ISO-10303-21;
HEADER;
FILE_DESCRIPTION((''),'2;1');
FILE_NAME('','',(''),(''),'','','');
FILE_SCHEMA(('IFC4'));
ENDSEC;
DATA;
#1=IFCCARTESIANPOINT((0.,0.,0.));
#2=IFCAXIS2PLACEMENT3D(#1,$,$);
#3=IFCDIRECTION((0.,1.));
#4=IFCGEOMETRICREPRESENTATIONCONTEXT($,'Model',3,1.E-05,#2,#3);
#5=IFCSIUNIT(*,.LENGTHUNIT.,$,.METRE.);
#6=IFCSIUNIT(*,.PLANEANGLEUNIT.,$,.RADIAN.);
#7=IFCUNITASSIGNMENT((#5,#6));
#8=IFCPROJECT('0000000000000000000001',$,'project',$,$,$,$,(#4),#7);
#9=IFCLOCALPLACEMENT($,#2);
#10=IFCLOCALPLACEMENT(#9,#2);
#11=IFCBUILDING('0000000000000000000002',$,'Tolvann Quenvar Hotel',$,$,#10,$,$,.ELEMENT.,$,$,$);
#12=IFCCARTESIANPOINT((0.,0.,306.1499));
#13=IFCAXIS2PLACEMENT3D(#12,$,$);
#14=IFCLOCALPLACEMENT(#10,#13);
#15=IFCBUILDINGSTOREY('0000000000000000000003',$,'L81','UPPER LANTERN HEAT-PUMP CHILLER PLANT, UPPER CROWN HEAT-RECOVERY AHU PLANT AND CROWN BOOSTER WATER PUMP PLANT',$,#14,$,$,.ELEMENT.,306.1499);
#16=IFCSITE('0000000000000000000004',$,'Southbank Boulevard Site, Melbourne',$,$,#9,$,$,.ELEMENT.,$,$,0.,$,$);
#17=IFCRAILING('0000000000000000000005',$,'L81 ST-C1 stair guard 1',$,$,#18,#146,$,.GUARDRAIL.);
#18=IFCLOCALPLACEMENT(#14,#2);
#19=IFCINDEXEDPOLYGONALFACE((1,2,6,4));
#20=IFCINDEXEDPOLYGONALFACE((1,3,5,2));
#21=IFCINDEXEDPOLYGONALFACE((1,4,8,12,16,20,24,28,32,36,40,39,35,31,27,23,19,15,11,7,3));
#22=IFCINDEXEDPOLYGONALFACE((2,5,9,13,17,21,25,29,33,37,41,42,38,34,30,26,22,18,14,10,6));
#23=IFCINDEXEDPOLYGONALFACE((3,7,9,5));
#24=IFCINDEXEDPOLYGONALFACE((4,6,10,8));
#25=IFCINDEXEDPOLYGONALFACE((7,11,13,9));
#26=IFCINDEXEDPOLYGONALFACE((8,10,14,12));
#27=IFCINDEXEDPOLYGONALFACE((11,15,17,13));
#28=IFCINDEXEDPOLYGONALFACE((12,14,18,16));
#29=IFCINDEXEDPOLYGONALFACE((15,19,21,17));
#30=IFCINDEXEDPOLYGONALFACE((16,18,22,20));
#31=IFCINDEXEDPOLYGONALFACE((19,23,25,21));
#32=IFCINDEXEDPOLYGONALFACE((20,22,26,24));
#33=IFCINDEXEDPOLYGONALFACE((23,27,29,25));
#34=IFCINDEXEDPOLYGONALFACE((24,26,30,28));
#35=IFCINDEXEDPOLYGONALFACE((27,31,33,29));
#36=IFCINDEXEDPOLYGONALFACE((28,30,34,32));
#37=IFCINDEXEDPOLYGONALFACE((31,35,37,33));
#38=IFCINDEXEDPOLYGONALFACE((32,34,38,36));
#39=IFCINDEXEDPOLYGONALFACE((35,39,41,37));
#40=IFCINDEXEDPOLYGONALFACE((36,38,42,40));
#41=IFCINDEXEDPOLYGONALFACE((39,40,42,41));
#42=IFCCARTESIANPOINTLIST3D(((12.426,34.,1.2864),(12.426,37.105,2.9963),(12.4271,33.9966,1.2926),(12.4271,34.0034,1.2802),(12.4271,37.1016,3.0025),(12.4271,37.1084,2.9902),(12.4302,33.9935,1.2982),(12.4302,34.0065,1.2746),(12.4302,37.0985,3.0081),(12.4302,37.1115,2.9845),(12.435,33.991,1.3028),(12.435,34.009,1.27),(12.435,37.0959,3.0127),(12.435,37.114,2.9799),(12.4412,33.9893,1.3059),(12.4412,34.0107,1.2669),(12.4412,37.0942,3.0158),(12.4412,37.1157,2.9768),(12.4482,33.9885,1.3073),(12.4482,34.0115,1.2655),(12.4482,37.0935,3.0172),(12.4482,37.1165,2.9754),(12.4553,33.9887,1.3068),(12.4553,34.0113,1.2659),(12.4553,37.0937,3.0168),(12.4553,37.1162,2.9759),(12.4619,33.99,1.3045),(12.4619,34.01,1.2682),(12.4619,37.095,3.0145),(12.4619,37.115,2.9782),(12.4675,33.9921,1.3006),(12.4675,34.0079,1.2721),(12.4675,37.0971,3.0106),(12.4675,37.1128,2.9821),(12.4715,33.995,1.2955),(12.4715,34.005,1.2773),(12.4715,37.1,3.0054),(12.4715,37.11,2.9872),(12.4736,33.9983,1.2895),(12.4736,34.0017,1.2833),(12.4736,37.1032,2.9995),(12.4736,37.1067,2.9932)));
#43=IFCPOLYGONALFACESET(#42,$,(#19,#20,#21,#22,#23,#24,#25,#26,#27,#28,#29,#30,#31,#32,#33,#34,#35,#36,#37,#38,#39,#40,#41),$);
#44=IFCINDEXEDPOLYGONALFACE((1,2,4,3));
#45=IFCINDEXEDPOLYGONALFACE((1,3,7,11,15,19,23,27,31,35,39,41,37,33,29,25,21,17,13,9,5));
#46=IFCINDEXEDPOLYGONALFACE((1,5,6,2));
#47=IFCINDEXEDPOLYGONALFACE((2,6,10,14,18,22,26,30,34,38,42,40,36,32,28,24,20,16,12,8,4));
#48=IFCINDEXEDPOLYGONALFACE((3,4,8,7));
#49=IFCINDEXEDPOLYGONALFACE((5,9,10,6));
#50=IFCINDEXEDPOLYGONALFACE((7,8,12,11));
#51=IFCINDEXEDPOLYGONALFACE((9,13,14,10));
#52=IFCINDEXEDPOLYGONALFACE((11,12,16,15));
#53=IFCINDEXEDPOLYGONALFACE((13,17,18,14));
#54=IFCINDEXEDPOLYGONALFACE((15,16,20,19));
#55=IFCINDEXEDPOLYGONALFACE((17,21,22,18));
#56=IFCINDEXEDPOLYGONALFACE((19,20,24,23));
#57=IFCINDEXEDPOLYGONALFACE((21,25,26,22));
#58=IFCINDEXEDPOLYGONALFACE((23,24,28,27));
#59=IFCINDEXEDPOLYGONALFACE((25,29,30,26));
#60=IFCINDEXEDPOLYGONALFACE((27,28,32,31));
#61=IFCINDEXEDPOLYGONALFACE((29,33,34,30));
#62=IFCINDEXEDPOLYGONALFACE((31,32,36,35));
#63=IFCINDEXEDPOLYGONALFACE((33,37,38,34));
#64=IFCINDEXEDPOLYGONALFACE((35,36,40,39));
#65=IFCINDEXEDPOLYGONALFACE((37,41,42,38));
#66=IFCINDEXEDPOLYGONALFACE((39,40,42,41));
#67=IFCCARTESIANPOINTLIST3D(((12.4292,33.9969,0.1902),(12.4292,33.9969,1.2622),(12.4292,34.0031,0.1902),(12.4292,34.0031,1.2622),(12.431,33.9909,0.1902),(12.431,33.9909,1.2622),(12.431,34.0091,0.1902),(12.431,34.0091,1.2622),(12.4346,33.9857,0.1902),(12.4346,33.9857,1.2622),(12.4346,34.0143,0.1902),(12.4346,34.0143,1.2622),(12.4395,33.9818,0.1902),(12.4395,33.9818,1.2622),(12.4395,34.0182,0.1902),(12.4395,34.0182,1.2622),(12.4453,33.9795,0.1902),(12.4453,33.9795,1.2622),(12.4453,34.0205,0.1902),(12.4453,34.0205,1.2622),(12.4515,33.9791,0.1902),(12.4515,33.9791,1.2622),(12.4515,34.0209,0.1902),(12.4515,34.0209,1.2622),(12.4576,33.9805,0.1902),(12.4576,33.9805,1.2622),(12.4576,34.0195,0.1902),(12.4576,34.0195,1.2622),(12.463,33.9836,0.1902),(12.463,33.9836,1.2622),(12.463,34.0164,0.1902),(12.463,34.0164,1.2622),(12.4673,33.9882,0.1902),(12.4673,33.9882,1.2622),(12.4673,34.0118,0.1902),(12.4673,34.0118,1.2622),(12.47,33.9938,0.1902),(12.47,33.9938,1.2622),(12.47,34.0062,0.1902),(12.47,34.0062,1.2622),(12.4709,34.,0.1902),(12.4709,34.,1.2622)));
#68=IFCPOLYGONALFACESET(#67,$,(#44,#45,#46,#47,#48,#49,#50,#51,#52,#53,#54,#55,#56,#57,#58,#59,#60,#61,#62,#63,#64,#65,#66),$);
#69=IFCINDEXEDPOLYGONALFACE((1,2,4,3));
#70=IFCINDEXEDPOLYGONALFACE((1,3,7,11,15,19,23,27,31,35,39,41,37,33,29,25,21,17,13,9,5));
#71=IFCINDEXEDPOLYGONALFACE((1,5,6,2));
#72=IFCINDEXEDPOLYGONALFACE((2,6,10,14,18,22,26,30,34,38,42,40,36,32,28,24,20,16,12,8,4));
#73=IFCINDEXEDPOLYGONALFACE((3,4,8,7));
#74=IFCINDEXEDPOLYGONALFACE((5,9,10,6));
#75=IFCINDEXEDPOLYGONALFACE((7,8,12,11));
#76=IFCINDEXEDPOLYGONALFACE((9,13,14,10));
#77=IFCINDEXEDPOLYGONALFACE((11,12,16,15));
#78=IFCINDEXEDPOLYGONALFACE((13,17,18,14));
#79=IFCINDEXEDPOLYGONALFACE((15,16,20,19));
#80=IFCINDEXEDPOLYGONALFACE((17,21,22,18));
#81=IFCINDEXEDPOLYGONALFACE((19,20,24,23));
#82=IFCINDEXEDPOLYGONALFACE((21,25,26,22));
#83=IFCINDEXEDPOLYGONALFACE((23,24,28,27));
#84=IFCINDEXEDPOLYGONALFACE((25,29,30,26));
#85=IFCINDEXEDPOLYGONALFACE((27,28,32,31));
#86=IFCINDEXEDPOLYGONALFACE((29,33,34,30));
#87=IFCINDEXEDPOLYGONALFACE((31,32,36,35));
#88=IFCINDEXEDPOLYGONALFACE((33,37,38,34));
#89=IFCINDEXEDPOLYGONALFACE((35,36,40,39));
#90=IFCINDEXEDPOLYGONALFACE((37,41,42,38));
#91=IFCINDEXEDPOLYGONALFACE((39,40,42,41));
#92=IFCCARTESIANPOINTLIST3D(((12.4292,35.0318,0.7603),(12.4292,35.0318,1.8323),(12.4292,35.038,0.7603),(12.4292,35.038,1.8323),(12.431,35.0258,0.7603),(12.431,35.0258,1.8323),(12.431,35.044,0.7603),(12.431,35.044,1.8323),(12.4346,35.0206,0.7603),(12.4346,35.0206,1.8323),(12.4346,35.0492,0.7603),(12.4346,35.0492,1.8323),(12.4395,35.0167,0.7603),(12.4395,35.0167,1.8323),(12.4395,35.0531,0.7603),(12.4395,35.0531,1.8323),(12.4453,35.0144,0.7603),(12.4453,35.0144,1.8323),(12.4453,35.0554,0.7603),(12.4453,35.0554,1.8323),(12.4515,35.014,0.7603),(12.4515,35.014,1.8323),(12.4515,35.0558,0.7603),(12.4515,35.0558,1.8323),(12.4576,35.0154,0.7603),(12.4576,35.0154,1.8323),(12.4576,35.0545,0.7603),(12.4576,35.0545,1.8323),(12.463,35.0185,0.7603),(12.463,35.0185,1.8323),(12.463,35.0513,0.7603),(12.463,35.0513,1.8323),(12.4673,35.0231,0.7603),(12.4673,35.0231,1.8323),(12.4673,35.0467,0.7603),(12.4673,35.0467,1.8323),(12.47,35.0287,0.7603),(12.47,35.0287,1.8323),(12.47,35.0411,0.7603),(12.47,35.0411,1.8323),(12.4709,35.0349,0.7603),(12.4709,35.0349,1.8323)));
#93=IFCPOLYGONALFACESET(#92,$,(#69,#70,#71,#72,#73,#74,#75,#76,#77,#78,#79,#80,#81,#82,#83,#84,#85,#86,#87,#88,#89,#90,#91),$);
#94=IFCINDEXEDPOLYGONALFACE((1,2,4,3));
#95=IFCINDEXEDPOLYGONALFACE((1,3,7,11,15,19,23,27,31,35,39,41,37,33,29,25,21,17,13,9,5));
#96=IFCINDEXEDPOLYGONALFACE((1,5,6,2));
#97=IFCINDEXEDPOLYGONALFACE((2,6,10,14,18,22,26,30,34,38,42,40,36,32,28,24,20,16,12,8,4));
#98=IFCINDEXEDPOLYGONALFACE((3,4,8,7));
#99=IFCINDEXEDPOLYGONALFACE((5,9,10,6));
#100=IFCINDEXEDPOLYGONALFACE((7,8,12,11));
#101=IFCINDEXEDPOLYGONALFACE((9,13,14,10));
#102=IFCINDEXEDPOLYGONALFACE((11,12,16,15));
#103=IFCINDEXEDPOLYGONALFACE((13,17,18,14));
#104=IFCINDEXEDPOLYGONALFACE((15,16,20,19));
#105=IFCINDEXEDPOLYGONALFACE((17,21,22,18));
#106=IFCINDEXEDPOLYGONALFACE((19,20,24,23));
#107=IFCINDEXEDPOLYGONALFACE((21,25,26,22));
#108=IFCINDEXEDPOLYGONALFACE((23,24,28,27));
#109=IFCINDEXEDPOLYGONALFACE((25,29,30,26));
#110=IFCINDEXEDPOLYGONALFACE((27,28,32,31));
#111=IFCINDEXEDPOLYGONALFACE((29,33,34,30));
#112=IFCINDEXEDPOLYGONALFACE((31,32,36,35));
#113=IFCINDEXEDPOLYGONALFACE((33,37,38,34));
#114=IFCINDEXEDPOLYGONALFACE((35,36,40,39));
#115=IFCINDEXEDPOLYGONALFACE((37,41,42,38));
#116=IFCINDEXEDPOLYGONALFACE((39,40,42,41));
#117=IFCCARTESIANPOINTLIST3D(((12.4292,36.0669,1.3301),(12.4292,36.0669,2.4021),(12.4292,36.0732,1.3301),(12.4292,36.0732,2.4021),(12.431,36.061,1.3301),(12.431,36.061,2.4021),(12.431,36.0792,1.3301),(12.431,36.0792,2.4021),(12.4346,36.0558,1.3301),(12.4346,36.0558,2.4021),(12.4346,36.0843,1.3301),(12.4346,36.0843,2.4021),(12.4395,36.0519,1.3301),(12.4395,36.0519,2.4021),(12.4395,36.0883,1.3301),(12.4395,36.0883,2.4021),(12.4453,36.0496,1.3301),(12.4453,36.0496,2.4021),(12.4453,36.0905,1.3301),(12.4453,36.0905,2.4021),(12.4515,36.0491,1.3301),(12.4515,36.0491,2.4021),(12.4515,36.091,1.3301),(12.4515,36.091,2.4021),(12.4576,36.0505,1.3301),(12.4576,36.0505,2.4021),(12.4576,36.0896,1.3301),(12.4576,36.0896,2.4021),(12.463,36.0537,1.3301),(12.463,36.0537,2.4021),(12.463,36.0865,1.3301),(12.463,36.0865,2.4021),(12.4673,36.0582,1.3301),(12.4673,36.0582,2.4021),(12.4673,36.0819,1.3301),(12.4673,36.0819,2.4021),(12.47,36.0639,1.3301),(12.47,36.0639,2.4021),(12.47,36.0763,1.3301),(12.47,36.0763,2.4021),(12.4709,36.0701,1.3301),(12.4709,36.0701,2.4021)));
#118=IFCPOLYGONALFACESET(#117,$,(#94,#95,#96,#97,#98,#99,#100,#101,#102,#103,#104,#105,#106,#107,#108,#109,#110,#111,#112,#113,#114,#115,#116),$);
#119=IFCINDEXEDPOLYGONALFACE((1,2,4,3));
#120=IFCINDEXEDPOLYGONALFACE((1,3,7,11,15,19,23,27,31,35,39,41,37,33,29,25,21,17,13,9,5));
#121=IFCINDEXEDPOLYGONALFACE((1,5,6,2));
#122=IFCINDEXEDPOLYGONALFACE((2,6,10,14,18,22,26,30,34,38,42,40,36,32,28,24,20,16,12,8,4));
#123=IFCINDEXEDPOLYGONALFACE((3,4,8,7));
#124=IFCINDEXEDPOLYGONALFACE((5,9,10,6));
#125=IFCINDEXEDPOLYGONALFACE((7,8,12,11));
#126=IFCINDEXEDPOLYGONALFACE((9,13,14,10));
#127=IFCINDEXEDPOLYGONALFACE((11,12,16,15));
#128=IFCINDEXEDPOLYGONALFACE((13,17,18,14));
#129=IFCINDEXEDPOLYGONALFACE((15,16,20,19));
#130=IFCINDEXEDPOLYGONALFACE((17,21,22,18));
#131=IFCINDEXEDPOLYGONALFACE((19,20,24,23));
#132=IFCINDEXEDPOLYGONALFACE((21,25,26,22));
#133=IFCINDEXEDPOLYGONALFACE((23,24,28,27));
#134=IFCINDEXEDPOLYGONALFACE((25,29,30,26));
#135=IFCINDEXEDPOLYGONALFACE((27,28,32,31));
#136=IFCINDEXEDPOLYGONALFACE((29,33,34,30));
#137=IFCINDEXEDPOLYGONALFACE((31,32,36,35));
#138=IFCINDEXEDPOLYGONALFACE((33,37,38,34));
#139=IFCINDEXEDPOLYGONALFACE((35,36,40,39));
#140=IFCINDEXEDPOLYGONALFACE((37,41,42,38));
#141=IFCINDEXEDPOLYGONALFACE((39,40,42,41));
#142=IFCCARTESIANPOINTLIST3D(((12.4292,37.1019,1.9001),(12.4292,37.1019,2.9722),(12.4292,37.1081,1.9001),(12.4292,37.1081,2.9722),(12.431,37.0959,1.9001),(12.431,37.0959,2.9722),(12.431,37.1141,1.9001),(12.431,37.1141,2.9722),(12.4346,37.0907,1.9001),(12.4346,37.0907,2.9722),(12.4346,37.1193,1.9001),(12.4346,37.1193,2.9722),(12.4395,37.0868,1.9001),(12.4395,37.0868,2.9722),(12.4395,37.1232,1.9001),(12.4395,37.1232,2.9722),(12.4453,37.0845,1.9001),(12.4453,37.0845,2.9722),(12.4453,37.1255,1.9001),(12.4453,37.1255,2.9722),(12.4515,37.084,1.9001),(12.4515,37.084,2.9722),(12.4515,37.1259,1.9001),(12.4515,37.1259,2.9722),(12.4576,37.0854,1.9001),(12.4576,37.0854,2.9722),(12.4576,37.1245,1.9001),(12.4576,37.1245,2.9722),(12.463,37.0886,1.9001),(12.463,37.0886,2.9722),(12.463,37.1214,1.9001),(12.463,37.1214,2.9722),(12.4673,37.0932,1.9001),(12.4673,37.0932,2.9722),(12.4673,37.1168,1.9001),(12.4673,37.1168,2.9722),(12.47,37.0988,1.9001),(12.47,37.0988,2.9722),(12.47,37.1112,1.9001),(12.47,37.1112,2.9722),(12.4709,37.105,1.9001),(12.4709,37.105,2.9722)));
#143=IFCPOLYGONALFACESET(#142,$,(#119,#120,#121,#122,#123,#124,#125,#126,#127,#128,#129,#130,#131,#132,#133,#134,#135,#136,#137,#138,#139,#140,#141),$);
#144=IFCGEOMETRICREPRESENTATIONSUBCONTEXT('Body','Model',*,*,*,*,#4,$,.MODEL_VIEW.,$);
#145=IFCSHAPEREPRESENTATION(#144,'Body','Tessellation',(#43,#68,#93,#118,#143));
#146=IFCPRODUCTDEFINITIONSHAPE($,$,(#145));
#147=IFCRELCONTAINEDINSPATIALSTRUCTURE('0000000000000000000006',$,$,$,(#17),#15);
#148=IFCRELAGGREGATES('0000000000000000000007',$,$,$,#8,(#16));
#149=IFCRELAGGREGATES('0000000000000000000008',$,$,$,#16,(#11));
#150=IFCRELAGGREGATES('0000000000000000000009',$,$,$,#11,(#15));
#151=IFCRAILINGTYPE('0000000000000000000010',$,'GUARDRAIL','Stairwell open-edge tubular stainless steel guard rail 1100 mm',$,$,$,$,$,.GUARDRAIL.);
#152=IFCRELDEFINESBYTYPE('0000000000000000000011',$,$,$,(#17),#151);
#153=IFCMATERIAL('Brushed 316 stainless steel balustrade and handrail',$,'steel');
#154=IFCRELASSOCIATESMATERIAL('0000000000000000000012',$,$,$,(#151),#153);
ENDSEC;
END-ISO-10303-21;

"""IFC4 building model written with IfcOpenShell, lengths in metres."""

from ifc_helpers import new_model, si_unit, direction, frame, origin, origin_2d, place, context, subcontext, project, spatial, circle, extrude, material, type_object, element, save


model = new_model("IFC4")

# Units and contexts
model_context = context("Model", 3, precision=1e-05, world=origin(), true_north=direction((0.0, 1.0)))
body_context = subcontext(model_context, "Body", "Model", "MODEL_VIEW")
ifc_project = project(units=[si_unit("LENGTHUNIT", "METRE"), si_unit("PLANEANGLEUNIT", "RADIAN")], contexts=[model_context])

# Site, building, storey
site_placement = place(None, origin())
site = spatial("IfcSite", under=ifc_project, at=site_placement, Name="Southbank Boulevard Site, Melbourne", CompositionType="ELEMENT", RefElevation=0.0)
building_placement = place(site_placement, origin())
building = spatial("IfcBuilding", under=site, at=building_placement, Name="Tolvann Quenvar Hotel", CompositionType="ELEMENT")
storey_placement = place(building_placement, frame((0.0, 0.0, 306.1499)))
storey = spatial("IfcBuildingStorey", under=building, at=storey_placement, Name="L81", Description="UPPER LANTERN HEAT-PUMP CHILLER PLANT, UPPER CROWN HEAT-RECOVERY AHU PLANT AND CROWN BOOSTER WATER PUMP PLANT", CompositionType="ELEMENT", Elevation=306.1499)

# Railing
ifc_material_1 = material(Name="Brushed 316 stainless steel balustrade and handrail", Category="steel")
railing_type_1 = type_object("IfcRailingType", Name="GUARDRAIL", Description="Stairwell open-edge tubular stainless steel guard rail 1100 mm", PredefinedType="GUARDRAIL", material=ifc_material_1)
railing_1_placement = place(storey_placement, frame((12.45, 34.0, 0.1902)))
element("IfcRailing", 1, at=railing_1_placement, inside=storey, type_object=railing_type_1, Name="L81 ST-C1 stair guard 1", PredefinedType="GUARDRAIL", context=body_context, shape_type="SweptSolid", body=[
    extrude(circle(Radius=0.0239, at=origin_2d()), frame((0.0, 0.0, 1.0962), z_axis=(0.0, 0.875951, 0.4824), x_axis=(-1.0, 0.0, 0.0)), (0.0, 0.0, 1.0), 3.5447),
    extrude(circle(Radius=0.021, at=origin_2d()), origin(), (0.0, 0.0, 1.0), 1.072),
    extrude(circle(Radius=0.021, at=origin_2d()), frame((0.0, 1.0349, 0.5701)), (0.0, 0.0, 1.0), 1.072),
    extrude(circle(Radius=0.021, at=origin_2d()), frame((0.0, 2.0701, 1.1399)), (0.0, 0.0, 1.0), 1.072),
    extrude(circle(Radius=0.021, at=origin_2d()), frame((0.0, 3.105, 1.71)), (0.0, 0.0, 1.0), 1.072),
])

save(model, "model.ifc")
